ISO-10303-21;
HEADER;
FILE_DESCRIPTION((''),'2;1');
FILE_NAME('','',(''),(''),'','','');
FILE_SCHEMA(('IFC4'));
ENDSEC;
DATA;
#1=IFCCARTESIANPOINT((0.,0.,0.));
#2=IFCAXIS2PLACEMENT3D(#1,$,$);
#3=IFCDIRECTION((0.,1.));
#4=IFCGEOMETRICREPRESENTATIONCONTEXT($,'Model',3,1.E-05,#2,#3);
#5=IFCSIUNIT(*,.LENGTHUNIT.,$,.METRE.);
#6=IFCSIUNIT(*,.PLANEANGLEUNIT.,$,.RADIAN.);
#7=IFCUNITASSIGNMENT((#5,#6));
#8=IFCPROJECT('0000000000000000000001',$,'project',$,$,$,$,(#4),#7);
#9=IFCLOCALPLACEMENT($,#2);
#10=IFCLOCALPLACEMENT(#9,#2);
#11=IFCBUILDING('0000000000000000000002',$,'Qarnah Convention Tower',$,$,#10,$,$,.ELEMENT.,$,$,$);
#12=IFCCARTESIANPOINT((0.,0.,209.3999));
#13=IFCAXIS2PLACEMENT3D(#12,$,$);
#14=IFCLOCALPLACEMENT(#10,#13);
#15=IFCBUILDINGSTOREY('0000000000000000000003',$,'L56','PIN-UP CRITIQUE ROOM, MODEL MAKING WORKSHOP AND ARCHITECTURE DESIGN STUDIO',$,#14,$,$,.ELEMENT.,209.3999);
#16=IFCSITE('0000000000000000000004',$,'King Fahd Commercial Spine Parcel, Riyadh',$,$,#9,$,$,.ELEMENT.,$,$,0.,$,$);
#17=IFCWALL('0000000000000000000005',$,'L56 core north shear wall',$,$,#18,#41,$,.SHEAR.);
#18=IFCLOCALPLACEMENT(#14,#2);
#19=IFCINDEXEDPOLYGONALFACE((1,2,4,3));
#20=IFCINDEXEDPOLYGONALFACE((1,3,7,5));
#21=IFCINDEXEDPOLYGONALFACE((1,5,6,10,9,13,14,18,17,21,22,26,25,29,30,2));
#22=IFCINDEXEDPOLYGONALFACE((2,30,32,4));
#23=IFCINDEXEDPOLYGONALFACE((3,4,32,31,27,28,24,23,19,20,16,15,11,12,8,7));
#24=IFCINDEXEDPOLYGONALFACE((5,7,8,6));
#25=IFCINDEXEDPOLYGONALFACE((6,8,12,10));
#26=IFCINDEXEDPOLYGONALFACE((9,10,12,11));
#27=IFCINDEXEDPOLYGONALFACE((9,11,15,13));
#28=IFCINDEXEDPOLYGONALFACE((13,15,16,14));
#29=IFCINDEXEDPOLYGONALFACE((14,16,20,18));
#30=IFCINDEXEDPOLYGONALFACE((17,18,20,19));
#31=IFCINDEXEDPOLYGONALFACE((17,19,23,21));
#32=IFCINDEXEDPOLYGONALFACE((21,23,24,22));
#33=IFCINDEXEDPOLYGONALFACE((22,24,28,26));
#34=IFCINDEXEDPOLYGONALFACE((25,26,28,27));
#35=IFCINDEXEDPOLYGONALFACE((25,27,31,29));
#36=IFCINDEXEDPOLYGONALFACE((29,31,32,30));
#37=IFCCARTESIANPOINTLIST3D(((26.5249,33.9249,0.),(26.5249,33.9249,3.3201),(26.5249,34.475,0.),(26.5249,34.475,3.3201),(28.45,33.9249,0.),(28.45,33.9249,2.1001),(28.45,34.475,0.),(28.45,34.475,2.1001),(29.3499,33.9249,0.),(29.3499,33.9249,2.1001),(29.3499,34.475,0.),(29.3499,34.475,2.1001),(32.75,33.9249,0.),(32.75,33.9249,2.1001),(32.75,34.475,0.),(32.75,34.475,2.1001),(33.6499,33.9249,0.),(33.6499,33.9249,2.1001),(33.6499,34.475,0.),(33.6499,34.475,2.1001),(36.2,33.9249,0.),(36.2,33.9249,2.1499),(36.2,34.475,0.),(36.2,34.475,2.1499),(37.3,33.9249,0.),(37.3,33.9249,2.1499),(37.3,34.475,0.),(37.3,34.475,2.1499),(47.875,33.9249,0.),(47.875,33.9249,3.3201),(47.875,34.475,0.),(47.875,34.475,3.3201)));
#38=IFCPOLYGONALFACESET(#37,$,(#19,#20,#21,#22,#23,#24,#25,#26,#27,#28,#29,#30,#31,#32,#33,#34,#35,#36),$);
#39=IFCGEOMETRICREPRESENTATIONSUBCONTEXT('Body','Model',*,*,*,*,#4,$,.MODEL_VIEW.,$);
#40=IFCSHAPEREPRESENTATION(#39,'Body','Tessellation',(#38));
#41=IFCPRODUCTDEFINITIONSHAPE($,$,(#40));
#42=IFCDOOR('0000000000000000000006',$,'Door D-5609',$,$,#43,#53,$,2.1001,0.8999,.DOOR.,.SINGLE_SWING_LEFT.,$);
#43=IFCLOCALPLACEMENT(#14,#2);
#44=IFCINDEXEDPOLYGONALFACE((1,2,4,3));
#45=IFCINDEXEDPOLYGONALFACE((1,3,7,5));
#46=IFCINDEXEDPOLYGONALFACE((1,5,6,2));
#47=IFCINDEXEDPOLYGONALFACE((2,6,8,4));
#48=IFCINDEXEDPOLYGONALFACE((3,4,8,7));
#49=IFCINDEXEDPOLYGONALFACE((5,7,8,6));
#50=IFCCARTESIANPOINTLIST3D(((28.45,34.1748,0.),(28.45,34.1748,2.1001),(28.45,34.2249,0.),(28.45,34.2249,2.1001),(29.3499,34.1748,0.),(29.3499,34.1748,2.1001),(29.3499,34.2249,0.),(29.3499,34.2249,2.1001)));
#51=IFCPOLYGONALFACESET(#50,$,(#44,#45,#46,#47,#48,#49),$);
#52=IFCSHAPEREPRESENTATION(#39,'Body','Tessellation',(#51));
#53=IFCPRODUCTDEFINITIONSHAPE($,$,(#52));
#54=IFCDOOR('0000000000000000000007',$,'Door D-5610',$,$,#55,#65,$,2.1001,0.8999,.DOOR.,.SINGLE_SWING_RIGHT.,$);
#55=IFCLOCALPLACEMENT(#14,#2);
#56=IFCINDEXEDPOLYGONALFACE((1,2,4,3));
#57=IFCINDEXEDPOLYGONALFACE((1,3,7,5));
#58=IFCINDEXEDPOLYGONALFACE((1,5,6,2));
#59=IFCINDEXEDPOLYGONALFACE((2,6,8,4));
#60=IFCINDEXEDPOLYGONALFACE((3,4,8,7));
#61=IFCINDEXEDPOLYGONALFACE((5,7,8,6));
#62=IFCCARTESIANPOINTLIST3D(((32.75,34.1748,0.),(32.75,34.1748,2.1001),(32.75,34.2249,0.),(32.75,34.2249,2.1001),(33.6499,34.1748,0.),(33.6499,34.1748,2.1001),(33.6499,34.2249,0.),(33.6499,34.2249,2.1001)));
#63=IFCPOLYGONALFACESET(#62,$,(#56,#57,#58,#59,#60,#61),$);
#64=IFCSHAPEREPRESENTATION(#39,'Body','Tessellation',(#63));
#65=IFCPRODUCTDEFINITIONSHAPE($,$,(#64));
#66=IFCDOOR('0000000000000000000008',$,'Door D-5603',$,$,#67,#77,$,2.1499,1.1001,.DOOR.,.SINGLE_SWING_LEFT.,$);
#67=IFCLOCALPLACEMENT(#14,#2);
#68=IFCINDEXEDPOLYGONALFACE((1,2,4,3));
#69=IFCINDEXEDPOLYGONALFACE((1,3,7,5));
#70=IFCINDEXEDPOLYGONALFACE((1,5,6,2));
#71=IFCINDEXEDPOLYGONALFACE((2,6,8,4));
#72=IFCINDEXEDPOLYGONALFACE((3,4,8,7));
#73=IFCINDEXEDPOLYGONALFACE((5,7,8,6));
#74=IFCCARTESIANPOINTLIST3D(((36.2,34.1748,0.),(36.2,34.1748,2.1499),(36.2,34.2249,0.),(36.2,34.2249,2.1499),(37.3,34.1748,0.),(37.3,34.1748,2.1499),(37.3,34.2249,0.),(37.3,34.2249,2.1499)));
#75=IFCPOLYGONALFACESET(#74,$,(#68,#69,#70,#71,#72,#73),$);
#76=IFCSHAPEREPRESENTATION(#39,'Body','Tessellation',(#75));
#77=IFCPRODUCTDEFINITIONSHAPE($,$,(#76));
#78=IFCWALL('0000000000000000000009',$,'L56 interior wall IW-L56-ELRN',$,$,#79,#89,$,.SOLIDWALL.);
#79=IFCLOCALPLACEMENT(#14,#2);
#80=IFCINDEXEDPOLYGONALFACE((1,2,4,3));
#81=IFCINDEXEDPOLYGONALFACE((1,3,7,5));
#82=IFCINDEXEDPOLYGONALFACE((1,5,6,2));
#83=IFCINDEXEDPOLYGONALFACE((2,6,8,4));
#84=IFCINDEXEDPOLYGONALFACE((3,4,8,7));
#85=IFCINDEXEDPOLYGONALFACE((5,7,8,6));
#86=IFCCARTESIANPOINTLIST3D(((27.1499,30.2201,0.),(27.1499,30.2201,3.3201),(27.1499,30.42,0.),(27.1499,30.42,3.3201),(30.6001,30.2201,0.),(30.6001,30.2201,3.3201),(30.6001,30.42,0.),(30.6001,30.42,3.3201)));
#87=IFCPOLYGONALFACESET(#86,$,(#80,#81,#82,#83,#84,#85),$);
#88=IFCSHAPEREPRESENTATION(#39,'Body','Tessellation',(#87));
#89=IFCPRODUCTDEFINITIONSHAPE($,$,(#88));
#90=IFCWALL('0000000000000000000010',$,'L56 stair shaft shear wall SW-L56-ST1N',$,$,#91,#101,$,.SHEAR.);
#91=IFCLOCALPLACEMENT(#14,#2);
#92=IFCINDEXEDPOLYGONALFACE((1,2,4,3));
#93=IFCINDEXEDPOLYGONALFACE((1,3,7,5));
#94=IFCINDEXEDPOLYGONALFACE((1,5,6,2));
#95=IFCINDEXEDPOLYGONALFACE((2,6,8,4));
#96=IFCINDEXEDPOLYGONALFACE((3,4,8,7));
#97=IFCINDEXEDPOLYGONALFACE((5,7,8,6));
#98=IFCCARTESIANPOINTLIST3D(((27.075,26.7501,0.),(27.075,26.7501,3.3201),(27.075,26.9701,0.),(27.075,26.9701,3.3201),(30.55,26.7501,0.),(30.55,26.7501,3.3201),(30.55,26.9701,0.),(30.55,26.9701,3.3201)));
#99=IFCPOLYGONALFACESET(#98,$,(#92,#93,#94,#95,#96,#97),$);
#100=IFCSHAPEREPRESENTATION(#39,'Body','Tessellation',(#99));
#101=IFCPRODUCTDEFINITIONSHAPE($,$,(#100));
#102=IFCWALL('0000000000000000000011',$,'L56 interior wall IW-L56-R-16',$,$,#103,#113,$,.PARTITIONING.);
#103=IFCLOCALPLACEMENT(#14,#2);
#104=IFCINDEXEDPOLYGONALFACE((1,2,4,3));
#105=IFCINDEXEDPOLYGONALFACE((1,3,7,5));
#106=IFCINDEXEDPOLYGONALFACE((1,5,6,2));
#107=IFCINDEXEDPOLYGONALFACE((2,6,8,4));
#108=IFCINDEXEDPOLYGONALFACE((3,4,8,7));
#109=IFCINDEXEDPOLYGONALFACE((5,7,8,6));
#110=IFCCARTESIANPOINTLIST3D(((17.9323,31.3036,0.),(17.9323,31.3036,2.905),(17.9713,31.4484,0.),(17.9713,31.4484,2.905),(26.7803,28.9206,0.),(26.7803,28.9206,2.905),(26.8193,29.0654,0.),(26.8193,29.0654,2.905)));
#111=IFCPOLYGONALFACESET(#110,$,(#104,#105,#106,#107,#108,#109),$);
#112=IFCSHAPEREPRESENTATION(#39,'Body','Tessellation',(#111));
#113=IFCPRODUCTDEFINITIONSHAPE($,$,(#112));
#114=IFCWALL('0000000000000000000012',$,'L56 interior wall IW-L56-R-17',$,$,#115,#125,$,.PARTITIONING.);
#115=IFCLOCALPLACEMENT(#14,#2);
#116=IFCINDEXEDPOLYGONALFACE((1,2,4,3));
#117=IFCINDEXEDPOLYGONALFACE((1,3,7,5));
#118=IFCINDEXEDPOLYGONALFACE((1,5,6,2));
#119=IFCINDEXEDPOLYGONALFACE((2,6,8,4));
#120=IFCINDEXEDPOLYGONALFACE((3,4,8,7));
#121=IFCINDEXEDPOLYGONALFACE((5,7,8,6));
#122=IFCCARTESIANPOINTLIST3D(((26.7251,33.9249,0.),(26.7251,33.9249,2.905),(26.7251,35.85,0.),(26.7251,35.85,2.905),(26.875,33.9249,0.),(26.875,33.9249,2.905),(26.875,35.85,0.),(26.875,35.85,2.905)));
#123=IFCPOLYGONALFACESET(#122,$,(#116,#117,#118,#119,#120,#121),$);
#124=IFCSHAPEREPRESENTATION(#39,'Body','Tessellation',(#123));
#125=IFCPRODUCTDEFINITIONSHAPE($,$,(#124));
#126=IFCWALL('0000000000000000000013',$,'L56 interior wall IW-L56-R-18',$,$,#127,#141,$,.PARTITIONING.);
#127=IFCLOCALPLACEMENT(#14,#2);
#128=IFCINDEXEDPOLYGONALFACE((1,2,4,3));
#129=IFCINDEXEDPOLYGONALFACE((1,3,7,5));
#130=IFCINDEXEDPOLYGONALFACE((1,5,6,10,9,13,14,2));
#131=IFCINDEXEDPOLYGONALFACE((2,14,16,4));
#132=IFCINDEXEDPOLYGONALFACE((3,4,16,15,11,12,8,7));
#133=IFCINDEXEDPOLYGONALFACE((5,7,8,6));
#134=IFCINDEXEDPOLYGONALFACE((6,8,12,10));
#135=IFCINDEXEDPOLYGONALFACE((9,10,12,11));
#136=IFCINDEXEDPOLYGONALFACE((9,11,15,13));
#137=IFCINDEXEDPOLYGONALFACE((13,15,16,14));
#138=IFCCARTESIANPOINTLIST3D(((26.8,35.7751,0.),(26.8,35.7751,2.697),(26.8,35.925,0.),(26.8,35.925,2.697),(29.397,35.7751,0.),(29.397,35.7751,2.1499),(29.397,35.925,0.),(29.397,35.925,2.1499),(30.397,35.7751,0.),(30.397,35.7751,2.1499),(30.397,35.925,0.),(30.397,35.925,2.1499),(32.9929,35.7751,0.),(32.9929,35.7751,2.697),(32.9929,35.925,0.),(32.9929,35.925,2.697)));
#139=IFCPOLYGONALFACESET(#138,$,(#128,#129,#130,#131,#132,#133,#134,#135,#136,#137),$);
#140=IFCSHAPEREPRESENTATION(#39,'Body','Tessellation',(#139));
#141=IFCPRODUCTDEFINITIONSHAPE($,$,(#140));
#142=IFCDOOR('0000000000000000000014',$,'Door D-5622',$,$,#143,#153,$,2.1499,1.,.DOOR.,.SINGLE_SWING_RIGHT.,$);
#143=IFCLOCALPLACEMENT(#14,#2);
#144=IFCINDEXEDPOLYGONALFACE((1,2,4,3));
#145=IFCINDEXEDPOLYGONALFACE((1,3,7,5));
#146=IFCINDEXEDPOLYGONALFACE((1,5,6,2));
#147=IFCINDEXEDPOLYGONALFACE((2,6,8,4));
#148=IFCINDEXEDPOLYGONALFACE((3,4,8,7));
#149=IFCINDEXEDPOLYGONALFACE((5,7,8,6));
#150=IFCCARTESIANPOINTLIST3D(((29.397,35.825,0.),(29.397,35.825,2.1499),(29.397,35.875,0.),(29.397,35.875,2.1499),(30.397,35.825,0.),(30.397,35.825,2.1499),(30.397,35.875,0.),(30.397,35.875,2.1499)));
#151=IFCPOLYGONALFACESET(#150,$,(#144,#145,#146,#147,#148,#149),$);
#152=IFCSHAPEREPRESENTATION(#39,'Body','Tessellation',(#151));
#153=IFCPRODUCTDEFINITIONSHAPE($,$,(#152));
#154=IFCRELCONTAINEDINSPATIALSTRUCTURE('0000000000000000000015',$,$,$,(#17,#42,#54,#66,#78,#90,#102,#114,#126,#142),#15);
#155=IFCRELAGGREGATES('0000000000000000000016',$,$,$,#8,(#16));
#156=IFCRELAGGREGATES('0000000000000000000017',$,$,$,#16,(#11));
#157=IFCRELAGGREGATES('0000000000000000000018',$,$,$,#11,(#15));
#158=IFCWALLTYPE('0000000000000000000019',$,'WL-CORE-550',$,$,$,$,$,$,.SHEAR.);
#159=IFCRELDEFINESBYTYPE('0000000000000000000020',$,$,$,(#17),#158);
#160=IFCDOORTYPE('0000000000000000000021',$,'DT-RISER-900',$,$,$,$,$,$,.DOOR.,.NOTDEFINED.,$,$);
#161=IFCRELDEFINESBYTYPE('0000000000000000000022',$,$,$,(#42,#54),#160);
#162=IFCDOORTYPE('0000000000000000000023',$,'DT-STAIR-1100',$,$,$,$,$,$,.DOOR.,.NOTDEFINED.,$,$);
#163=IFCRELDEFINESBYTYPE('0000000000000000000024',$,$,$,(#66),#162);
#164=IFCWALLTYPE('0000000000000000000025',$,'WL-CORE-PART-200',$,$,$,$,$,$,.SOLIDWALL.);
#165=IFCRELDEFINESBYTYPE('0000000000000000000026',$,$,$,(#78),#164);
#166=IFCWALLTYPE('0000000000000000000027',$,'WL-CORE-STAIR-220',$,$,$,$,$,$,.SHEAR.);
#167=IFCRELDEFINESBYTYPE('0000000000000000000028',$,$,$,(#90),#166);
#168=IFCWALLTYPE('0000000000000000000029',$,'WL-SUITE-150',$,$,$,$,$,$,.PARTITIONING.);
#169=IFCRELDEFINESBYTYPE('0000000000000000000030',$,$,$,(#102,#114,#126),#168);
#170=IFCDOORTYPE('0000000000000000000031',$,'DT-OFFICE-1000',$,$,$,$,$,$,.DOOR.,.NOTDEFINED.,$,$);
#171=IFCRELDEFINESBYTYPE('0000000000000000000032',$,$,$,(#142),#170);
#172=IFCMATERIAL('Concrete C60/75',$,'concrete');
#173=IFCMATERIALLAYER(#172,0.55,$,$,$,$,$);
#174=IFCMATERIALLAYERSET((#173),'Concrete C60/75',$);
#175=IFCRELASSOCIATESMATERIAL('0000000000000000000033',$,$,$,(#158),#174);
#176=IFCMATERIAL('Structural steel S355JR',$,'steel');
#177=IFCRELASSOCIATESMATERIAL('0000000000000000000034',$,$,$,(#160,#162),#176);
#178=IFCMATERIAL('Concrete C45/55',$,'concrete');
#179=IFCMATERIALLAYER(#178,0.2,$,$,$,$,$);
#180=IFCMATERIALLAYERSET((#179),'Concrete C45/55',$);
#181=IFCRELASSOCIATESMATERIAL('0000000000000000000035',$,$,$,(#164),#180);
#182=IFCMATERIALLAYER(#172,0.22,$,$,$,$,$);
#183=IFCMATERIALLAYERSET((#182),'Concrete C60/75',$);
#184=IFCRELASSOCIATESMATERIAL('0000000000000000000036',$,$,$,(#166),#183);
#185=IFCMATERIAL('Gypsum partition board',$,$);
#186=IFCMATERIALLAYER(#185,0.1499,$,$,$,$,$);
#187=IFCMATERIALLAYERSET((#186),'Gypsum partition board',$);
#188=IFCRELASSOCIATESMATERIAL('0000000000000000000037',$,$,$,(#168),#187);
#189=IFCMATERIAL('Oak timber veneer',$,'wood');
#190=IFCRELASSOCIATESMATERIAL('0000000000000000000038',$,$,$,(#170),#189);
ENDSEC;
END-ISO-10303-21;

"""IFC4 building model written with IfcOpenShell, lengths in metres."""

from ifc_helpers import new_model, si_unit, direction, frame, frame_2d, origin, place, context, subcontext, project, spatial, rectangle, extrude, material, layer, layer_set, type_object, element, fill, save


model = new_model("IFC4")

# Units and contexts
model_context = context("Model", 3, precision=1e-05, world=origin(), true_north=direction((0.0, 1.0)))
body_context = subcontext(model_context, "Body", "Model", "MODEL_VIEW")
ifc_project = project(units=[si_unit("LENGTHUNIT", "METRE"), si_unit("PLANEANGLEUNIT", "RADIAN")], contexts=[model_context])

# Site, building, storey
site_placement = place(None, origin())
site = spatial("IfcSite", under=ifc_project, at=site_placement, Name="King Fahd Commercial Spine Parcel, Riyadh", CompositionType="ELEMENT", RefElevation=0.0)
building_placement = place(site_placement, origin())
building = spatial("IfcBuilding", under=site, at=building_placement, Name="Qarnah Convention Tower", CompositionType="ELEMENT")
storey_placement = place(building_placement, frame((0.0, 0.0, 209.3999)))
storey = spatial("IfcBuildingStorey", under=building, at=storey_placement, Name="L56", Description="PIN-UP CRITIQUE ROOM, MODEL MAKING WORKSHOP AND ARCHITECTURE DESIGN STUDIO", CompositionType="ELEMENT", Elevation=209.3999)

# Shared definitions
ifc_material_1 = material(Name="Structural steel S355JR", Category="steel")

# Wall, openings, doors
ifc_material_2 = material(Name="Concrete C60/75", Category="concrete")
ifc_layer_1 = layer(ifc_material_2, 0.55)
ifc_layer_set_1 = layer_set([ifc_layer_1], Name="Concrete C60/75")
wall_type_1 = type_object("IfcWallType", Name="WL-CORE-550", PredefinedType="SHEAR", material=ifc_layer_set_1)
wall_1_placement = place(storey_placement, frame((26.5249, 34.2, 0.0), z_axis=(0.0, 0.0, 1.0), x_axis=(1.0, 0.0, 0.0)))
wall_1 = element("IfcWall", 1, at=wall_1_placement, inside=storey, type_object=wall_type_1, Name="L56 core north shear wall", PredefinedType="SHEAR", context=body_context, shape_type="SweptSolid", body=[
    extrude(rectangle(XDim=21.3501, YDim=0.55, at=frame_2d((10.675, 0.0))), origin(), (0.0, 0.0, 1.0), 3.3201),
])
opening_1_placement = place(wall_1_placement, frame((9.675, 0.0, 0.0)))
opening_1 = element("IfcOpeningElement", 2, at=opening_1_placement, cuts=wall_1, PredefinedType="OPENING", context=body_context, shape_type="SweptSolid", body=[
    extrude(rectangle(XDim=1.1001, YDim=2.1499, at=frame_2d((0.55, 1.075))), frame((0.0, 0.2849, 0.0), z_axis=(0.0, -1.0, 0.0), x_axis=(1.0, 0.0, 0.0)), (0.0, 0.0, 1.0), 0.5701),
])
opening_2_placement = place(wall_1_placement, frame((1.925, 0.0, 0.0)))
opening_2 = element("IfcOpeningElement", 3, at=opening_2_placement, cuts=wall_1, PredefinedType="OPENING", context=body_context, shape_type="SweptSolid", body=[
    extrude(rectangle(XDim=0.8999, YDim=2.1001, at=frame_2d((0.45, 1.05))), frame((0.0, 0.2849, 0.0), z_axis=(0.0, -1.0, 0.0), x_axis=(1.0, 0.0, 0.0)), (0.0, 0.0, 1.0), 0.5701),
])
opening_3_placement = place(wall_1_placement, frame((6.2251, 0.0, 0.0)))
opening_3 = element("IfcOpeningElement", 4, at=opening_3_placement, cuts=wall_1, PredefinedType="OPENING", context=body_context, shape_type="SweptSolid", body=[
    extrude(rectangle(XDim=0.8999, YDim=2.1001, at=frame_2d((0.45, 1.05))), frame((0.0, 0.2849, 0.0), z_axis=(0.0, -1.0, 0.0), x_axis=(1.0, 0.0, 0.0)), (0.0, 0.0, 1.0), 0.5701),
])
door_type_1 = type_object("IfcDoorType", Name="DT-RISER-900", OperationType="NOTDEFINED", PredefinedType="DOOR", material=ifc_material_1)
door_1_placement = place(opening_2_placement, origin())
door_1 = element("IfcDoor", 5, at=door_1_placement, inside=storey, type_object=door_type_1, Name="Door D-5609", OperationType="SINGLE_SWING_LEFT", OverallHeight=2.1001, OverallWidth=0.8999, PredefinedType="DOOR", context=body_context, shape_type="SweptSolid", body=[
    extrude(rectangle(XDim=0.8999, YDim=2.1001, at=frame_2d((0.45, 1.05))), frame((0.0, 0.0249, 0.0), z_axis=(0.0, -1.0, 0.0), x_axis=(1.0, 0.0, 0.0)), (0.0, 0.0, 1.0), 0.05),
])
fill(opening_2, door_1)
door_2_placement = place(opening_3_placement, origin())
door_2 = element("IfcDoor", 6, at=door_2_placement, inside=storey, type_object=door_type_1, Name="Door D-5610", OperationType="SINGLE_SWING_RIGHT", OverallHeight=2.1001, OverallWidth=0.8999, PredefinedType="DOOR", context=body_context, shape_type="SweptSolid", body=[
    extrude(rectangle(XDim=0.8999, YDim=2.1001, at=frame_2d((0.45, 1.05))), frame((0.0, 0.0249, 0.0), z_axis=(0.0, -1.0, 0.0), x_axis=(1.0, 0.0, 0.0)), (0.0, 0.0, 1.0), 0.05),
])
fill(opening_3, door_2)
door_type_2 = type_object("IfcDoorType", Name="DT-STAIR-1100", OperationType="NOTDEFINED", PredefinedType="DOOR", material=ifc_material_1)
door_3_placement = place(opening_1_placement, origin())
door_3 = element("IfcDoor", 7, at=door_3_placement, inside=storey, type_object=door_type_2, Name="Door D-5603", OperationType="SINGLE_SWING_LEFT", OverallHeight=2.1499, OverallWidth=1.1001, PredefinedType="DOOR", context=body_context, shape_type="SweptSolid", body=[
    extrude(rectangle(XDim=1.1001, YDim=2.1499, at=frame_2d((0.55, 1.075))), frame((0.0, 0.0249, 0.0), z_axis=(0.0, -1.0, 0.0), x_axis=(1.0, 0.0, 0.0)), (0.0, 0.0, 1.0), 0.05),
])
fill(opening_1, door_3)

# Walls
ifc_material_3 = material(Name="Concrete C45/55", Category="concrete")
ifc_layer_2 = layer(ifc_material_3, 0.2)
ifc_layer_set_2 = layer_set([ifc_layer_2], Name="Concrete C45/55")
wall_type_2 = type_object("IfcWallType", Name="WL-CORE-PART-200", PredefinedType="SOLIDWALL", material=ifc_layer_set_2)
wall_2_placement = place(storey_placement, frame((27.1499, 30.3201, 0.0), z_axis=(0.0, 0.0, 1.0), x_axis=(1.0, 0.0, 0.0)))
element("IfcWall", 8, at=wall_2_placement, inside=storey, type_object=wall_type_2, Name="L56 interior wall IW-L56-ELRN", PredefinedType="SOLIDWALL", context=body_context, shape_type="SweptSolid", body=[
    extrude(rectangle(XDim=3.4502, YDim=0.2, at=frame_2d((1.7251, 0.0))), origin(), (0.0, 0.0, 1.0), 3.3201),
])
ifc_layer_3 = layer(ifc_material_2, 0.22)
ifc_layer_set_3 = layer_set([ifc_layer_3], Name="Concrete C60/75")
wall_type_3 = type_object("IfcWallType", Name="WL-CORE-STAIR-220", PredefinedType="SHEAR", material=ifc_layer_set_3)
wall_3_placement = place(storey_placement, frame((27.075, 26.8601, 0.0), z_axis=(0.0, 0.0, 1.0), x_axis=(1.0, 0.0, 0.0)))
element("IfcWall", 9, at=wall_3_placement, inside=storey, type_object=wall_type_3, Name="L56 stair shaft shear wall SW-L56-ST1N", PredefinedType="SHEAR", context=body_context, shape_type="SweptSolid", body=[
    extrude(rectangle(XDim=3.4751, YDim=0.22, at=frame_2d((1.7375, 0.0))), origin(), (0.0, 0.0, 1.0), 3.3201),
])
ifc_material_4 = material(Name="Gypsum partition board")
ifc_layer_4 = layer(ifc_material_4, 0.1499)
ifc_layer_set_4 = layer_set([ifc_layer_4], Name="Gypsum partition board")
wall_type_4 = type_object("IfcWallType", Name="WL-SUITE-150", PredefinedType="PARTITIONING", material=ifc_layer_set_4)
wall_4_placement = place(storey_placement, frame((17.9519, 31.376, 0.0), z_axis=(0.0, 0.0, 1.0), x_axis=(0.965592, -0.260061, 0.0)))
element("IfcWall", 10, at=wall_4_placement, inside=storey, type_object=wall_type_4, Name="L56 interior wall IW-L56-R-16", PredefinedType="PARTITIONING", context=body_context, shape_type="SweptSolid", body=[
    extrude(rectangle(XDim=9.1633, YDim=0.1499, at=frame_2d((4.5815, 0.0))), origin(), (0.0, 0.0, 1.0), 2.905),
])
wall_5_placement = place(storey_placement, frame((26.8, 33.925, 0.0), z_axis=(0.0, 0.0, 1.0), x_axis=(0.0, 1.0, 0.0)))
element("IfcWall", 11, at=wall_5_placement, inside=storey, type_object=wall_type_4, Name="L56 interior wall IW-L56-R-17", PredefinedType="PARTITIONING", context=body_context, shape_type="SweptSolid", body=[
    extrude(rectangle(XDim=1.925, YDim=0.1499, at=frame_2d((0.9624, 0.0))), origin(), (0.0, 0.0, 1.0), 2.905),
])

# Wall, opening, door
wall_6_placement = place(storey_placement, frame((26.8, 35.8501, 0.0), z_axis=(0.0, 0.0, 1.0), x_axis=(1.0, 0.0, 0.0)))
wall_6 = element("IfcWall", 12, at=wall_6_placement, inside=storey, type_object=wall_type_4, Name="L56 interior wall IW-L56-R-18", PredefinedType="PARTITIONING", context=body_context, shape_type="SweptSolid", body=[
    extrude(rectangle(XDim=6.1929, YDim=0.1499, at=frame_2d((3.0964, 0.0))), origin(), (0.0, 0.0, 1.0), 2.697),
])
opening_4_placement = place(wall_6_placement, frame((2.5969, 0.0, 0.0)))
opening_4 = element("IfcOpeningElement", 13, at=opening_4_placement, cuts=wall_6, PredefinedType="OPENING", context=body_context, shape_type="SweptSolid", body=[
    extrude(rectangle(XDim=1.0, YDim=2.1499, at=frame_2d((0.5, 1.075))), frame((0.0, 0.085, 0.0), z_axis=(0.0, -1.0, 0.0), x_axis=(1.0, 0.0, 0.0)), (0.0, 0.0, 1.0), 0.1699),
])
ifc_material_5 = material(Name="Oak timber veneer", Category="wood")
door_type_3 = type_object("IfcDoorType", Name="DT-OFFICE-1000", OperationType="NOTDEFINED", PredefinedType="DOOR", material=ifc_material_5)
door_4_placement = place(opening_4_placement, origin())
door_4 = element("IfcDoor", 14, at=door_4_placement, inside=storey, type_object=door_type_3, Name="Door D-5622", OperationType="SINGLE_SWING_RIGHT", OverallHeight=2.1499, OverallWidth=1.0, PredefinedType="DOOR", context=body_context, shape_type="SweptSolid", body=[
    extrude(rectangle(XDim=1.0, YDim=2.1499, at=frame_2d((0.5, 1.075))), frame((0.0, 0.0249, 0.0), z_axis=(0.0, -1.0, 0.0), x_axis=(1.0, 0.0, 0.0)), (0.0, 0.0, 1.0), 0.05),
])
fill(opening_4, door_4)

save(model, "model.ifc")
